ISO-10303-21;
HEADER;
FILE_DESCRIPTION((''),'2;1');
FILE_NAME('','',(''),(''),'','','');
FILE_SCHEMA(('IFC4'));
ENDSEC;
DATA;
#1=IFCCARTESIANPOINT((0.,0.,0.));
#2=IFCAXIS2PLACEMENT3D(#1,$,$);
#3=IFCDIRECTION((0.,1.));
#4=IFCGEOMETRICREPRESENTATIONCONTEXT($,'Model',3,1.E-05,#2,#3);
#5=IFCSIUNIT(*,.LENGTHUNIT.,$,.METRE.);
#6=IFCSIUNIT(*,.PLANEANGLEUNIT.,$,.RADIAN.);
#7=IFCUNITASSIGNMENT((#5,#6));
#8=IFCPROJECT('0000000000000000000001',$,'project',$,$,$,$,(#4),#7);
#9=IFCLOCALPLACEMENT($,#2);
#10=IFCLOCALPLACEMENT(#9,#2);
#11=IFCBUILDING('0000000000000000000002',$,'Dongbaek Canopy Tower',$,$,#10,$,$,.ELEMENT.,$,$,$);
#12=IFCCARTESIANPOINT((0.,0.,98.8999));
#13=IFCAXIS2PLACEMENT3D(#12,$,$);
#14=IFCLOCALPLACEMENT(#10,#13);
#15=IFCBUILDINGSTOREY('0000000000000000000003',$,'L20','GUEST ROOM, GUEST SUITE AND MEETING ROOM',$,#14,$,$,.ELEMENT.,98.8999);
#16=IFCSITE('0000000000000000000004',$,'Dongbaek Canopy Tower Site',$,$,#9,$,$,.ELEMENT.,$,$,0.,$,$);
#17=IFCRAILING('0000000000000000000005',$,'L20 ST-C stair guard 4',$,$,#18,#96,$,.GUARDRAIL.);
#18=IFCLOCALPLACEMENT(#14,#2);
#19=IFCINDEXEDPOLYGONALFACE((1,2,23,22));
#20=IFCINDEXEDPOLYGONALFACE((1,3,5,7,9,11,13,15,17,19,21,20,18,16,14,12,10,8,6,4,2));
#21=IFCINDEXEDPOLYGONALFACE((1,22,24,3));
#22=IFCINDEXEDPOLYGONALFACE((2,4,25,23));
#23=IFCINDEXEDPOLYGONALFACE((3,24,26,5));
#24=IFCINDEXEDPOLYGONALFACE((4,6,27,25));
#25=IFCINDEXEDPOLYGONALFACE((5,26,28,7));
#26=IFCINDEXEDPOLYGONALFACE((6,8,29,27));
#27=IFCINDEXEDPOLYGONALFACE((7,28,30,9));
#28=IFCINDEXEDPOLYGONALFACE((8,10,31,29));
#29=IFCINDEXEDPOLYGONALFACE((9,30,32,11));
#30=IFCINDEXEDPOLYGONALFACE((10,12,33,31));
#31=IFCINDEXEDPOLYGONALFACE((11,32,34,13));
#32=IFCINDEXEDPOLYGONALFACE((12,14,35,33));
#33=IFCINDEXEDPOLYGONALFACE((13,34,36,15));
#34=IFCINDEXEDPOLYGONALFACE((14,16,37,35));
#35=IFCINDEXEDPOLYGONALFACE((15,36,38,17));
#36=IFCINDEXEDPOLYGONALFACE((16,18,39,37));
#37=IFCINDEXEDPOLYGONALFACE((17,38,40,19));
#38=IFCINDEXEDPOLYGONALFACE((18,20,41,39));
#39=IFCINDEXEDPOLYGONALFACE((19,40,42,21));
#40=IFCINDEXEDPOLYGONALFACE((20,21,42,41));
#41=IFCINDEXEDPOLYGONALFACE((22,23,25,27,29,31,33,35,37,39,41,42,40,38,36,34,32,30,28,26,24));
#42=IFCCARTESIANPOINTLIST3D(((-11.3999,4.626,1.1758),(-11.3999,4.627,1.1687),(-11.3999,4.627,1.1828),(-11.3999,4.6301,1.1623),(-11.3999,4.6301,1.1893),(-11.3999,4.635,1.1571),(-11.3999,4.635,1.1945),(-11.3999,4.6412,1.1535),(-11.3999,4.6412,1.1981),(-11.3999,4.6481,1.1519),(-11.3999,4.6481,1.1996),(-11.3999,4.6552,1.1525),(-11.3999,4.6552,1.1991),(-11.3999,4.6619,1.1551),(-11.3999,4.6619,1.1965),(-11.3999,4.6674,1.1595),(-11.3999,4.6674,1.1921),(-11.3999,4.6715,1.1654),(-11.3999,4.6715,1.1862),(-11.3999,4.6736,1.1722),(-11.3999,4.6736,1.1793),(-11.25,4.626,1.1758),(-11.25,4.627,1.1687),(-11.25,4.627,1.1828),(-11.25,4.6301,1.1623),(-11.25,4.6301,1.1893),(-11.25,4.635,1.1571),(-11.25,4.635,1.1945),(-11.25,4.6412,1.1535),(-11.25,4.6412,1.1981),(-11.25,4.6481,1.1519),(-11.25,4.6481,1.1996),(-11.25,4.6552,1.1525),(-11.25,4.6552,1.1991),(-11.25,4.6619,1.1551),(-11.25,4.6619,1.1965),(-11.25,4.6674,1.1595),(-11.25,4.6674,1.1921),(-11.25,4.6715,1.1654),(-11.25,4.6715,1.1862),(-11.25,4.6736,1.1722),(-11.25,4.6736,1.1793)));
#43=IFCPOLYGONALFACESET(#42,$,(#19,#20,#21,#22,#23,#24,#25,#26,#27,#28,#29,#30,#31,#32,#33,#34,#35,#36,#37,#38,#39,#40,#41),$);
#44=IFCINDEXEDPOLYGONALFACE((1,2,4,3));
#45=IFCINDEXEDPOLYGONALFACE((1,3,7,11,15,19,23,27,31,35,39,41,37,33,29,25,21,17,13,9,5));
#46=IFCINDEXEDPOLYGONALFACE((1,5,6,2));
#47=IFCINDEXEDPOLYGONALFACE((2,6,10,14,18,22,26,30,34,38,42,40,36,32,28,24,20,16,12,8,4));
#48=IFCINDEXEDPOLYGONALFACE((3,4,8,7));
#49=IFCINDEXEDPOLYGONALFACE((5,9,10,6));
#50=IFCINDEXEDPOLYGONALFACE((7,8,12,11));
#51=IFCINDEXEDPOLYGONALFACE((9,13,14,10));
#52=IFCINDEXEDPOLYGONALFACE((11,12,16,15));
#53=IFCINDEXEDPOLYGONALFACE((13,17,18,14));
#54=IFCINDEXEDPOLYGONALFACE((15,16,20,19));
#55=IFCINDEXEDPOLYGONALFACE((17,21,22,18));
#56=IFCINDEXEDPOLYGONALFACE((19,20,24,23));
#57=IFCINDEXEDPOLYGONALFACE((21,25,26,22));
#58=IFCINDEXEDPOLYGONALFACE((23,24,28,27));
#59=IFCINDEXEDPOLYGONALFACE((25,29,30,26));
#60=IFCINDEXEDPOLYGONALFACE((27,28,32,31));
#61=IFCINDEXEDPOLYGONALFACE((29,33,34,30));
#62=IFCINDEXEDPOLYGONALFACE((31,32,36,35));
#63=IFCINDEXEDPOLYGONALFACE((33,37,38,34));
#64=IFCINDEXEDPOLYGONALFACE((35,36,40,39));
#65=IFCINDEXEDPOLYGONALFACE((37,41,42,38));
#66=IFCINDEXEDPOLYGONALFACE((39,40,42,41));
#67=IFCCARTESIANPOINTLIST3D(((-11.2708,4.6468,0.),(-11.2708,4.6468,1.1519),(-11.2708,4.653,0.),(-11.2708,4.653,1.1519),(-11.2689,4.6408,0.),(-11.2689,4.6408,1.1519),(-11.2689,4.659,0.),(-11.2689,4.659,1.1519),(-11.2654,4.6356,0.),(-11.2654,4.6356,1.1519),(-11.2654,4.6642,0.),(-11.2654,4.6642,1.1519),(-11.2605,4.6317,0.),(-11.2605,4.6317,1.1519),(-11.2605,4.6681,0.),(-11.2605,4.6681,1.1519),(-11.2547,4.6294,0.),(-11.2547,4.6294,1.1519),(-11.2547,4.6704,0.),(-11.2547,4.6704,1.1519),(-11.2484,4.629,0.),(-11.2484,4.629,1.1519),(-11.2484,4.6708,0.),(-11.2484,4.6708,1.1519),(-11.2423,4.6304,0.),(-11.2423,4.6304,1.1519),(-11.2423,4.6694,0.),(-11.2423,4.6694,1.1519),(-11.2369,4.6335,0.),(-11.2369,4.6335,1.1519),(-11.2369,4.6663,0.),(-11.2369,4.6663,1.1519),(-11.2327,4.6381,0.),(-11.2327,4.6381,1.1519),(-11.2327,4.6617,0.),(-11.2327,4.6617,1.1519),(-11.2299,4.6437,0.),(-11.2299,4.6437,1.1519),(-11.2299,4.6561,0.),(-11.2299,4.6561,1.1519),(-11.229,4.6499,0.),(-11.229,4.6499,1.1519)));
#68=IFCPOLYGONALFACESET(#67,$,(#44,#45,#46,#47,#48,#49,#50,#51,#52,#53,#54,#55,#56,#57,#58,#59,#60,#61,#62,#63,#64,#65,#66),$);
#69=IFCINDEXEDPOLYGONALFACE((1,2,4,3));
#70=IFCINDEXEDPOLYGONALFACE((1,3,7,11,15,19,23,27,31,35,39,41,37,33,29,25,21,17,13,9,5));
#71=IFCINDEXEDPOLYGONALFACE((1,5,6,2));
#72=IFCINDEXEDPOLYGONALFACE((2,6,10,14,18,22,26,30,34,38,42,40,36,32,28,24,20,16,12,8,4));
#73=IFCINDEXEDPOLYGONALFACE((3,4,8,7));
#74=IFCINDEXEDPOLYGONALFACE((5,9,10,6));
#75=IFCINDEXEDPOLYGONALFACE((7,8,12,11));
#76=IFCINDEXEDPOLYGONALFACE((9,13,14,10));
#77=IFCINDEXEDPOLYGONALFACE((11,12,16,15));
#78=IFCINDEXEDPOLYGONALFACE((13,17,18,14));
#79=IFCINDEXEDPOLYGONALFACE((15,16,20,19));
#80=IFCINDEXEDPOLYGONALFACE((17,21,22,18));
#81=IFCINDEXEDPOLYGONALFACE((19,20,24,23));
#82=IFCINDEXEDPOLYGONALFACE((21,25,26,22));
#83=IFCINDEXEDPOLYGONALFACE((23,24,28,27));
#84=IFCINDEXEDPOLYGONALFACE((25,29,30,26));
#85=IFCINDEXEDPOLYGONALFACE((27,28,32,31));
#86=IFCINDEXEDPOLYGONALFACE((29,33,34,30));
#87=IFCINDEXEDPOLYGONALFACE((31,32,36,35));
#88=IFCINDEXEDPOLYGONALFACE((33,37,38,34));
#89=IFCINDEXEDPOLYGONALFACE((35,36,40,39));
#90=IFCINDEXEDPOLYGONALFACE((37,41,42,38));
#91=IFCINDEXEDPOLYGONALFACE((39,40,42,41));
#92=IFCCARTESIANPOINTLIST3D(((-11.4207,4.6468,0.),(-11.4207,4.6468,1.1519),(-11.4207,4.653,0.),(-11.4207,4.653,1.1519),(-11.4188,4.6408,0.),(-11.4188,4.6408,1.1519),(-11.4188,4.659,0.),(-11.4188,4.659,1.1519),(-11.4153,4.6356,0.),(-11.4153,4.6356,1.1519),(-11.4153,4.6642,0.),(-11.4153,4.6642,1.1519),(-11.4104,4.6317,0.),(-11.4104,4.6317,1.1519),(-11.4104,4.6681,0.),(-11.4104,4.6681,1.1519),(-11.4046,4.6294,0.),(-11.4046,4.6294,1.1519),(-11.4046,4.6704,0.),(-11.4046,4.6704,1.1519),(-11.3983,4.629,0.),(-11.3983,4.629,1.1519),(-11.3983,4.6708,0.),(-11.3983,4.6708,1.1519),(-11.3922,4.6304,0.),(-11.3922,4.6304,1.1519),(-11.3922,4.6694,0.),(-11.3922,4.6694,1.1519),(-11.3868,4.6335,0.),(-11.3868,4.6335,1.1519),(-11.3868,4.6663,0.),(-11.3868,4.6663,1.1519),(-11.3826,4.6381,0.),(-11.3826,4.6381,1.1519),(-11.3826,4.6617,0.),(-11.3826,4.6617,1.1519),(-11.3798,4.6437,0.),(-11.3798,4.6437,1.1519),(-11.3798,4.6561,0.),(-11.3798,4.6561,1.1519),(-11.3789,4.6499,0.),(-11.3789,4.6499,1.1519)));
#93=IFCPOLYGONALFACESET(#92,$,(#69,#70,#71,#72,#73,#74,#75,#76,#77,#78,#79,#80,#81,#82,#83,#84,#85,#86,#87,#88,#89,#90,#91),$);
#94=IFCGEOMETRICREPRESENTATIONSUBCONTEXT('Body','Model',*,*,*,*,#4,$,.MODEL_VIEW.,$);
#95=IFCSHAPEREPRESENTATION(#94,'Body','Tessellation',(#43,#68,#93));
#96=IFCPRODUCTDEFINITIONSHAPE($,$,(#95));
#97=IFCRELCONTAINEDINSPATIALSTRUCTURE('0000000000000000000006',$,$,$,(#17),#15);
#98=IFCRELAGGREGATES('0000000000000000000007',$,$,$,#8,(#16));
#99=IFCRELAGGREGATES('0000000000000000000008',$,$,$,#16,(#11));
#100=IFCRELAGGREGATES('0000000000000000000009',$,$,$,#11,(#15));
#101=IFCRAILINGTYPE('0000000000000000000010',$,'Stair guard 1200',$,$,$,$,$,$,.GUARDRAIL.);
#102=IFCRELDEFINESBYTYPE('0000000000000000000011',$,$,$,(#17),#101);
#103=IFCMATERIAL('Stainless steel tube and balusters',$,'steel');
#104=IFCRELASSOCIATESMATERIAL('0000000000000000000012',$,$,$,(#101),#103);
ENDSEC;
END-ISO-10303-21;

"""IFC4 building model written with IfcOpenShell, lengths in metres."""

from ifc_helpers import new_model, si_unit, direction, frame, origin, origin_2d, place, context, subcontext, project, spatial, circle, extrude, material, type_object, element, save


model = new_model("IFC4")

# Units and contexts
model_context = context("Model", 3, precision=1e-05, world=origin(), true_north=direction((0.0, 1.0)))
body_context = subcontext(model_context, "Body", "Model", "MODEL_VIEW")
ifc_project = project(units=[si_unit("LENGTHUNIT", "METRE"), si_unit("PLANEANGLEUNIT", "RADIAN")], contexts=[model_context])

# Site, building, storey
site_placement = place(None, origin())
site = spatial("IfcSite", under=ifc_project, at=site_placement, Name="Dongbaek Canopy Tower Site", CompositionType="ELEMENT", RefElevation=0.0)
building_placement = place(site_placement, origin())
building = spatial("IfcBuilding", under=site, at=building_placement, Name="Dongbaek Canopy Tower", CompositionType="ELEMENT")
storey_placement = place(building_placement, frame((0.0, 0.0, 98.8999)))
storey = spatial("IfcBuildingStorey", under=building, at=storey_placement, Name="L20", Description="GUEST ROOM, GUEST SUITE AND MEETING ROOM", CompositionType="ELEMENT", Elevation=98.8999)

# Railing
ifc_material_1 = material(Name="Stainless steel tube and balusters", Category="steel")
railing_type_1 = type_object("IfcRailingType", Name="Stair guard 1200", PredefinedType="GUARDRAIL", material=ifc_material_1)
railing_1_placement = place(storey_placement, frame((-11.25, 4.6499, 0.0)))
element("IfcRailing", 1, at=railing_1_placement, inside=storey, type_object=railing_type_1, Name="L20 ST-C stair guard 4", PredefinedType="GUARDRAIL", context=body_context, shape_type="SweptSolid", body=[
    extrude(circle(Radius=0.0239, at=origin_2d()), frame((0.0, 0.0, 1.1758), z_axis=(-1.0, 0.0, 0.0), x_axis=(0.0, -1.0, 0.0)), (0.0, 0.0, 1.0), 0.1499),
    extrude(circle(Radius=0.021, at=origin_2d()), origin(), (0.0, 0.0, 1.0), 1.1519),
    extrude(circle(Radius=0.021, at=origin_2d()), frame((-0.1499, 0.0, 0.0)), (0.0, 0.0, 1.0), 1.1519),
])

save(model, "model.ifc")
